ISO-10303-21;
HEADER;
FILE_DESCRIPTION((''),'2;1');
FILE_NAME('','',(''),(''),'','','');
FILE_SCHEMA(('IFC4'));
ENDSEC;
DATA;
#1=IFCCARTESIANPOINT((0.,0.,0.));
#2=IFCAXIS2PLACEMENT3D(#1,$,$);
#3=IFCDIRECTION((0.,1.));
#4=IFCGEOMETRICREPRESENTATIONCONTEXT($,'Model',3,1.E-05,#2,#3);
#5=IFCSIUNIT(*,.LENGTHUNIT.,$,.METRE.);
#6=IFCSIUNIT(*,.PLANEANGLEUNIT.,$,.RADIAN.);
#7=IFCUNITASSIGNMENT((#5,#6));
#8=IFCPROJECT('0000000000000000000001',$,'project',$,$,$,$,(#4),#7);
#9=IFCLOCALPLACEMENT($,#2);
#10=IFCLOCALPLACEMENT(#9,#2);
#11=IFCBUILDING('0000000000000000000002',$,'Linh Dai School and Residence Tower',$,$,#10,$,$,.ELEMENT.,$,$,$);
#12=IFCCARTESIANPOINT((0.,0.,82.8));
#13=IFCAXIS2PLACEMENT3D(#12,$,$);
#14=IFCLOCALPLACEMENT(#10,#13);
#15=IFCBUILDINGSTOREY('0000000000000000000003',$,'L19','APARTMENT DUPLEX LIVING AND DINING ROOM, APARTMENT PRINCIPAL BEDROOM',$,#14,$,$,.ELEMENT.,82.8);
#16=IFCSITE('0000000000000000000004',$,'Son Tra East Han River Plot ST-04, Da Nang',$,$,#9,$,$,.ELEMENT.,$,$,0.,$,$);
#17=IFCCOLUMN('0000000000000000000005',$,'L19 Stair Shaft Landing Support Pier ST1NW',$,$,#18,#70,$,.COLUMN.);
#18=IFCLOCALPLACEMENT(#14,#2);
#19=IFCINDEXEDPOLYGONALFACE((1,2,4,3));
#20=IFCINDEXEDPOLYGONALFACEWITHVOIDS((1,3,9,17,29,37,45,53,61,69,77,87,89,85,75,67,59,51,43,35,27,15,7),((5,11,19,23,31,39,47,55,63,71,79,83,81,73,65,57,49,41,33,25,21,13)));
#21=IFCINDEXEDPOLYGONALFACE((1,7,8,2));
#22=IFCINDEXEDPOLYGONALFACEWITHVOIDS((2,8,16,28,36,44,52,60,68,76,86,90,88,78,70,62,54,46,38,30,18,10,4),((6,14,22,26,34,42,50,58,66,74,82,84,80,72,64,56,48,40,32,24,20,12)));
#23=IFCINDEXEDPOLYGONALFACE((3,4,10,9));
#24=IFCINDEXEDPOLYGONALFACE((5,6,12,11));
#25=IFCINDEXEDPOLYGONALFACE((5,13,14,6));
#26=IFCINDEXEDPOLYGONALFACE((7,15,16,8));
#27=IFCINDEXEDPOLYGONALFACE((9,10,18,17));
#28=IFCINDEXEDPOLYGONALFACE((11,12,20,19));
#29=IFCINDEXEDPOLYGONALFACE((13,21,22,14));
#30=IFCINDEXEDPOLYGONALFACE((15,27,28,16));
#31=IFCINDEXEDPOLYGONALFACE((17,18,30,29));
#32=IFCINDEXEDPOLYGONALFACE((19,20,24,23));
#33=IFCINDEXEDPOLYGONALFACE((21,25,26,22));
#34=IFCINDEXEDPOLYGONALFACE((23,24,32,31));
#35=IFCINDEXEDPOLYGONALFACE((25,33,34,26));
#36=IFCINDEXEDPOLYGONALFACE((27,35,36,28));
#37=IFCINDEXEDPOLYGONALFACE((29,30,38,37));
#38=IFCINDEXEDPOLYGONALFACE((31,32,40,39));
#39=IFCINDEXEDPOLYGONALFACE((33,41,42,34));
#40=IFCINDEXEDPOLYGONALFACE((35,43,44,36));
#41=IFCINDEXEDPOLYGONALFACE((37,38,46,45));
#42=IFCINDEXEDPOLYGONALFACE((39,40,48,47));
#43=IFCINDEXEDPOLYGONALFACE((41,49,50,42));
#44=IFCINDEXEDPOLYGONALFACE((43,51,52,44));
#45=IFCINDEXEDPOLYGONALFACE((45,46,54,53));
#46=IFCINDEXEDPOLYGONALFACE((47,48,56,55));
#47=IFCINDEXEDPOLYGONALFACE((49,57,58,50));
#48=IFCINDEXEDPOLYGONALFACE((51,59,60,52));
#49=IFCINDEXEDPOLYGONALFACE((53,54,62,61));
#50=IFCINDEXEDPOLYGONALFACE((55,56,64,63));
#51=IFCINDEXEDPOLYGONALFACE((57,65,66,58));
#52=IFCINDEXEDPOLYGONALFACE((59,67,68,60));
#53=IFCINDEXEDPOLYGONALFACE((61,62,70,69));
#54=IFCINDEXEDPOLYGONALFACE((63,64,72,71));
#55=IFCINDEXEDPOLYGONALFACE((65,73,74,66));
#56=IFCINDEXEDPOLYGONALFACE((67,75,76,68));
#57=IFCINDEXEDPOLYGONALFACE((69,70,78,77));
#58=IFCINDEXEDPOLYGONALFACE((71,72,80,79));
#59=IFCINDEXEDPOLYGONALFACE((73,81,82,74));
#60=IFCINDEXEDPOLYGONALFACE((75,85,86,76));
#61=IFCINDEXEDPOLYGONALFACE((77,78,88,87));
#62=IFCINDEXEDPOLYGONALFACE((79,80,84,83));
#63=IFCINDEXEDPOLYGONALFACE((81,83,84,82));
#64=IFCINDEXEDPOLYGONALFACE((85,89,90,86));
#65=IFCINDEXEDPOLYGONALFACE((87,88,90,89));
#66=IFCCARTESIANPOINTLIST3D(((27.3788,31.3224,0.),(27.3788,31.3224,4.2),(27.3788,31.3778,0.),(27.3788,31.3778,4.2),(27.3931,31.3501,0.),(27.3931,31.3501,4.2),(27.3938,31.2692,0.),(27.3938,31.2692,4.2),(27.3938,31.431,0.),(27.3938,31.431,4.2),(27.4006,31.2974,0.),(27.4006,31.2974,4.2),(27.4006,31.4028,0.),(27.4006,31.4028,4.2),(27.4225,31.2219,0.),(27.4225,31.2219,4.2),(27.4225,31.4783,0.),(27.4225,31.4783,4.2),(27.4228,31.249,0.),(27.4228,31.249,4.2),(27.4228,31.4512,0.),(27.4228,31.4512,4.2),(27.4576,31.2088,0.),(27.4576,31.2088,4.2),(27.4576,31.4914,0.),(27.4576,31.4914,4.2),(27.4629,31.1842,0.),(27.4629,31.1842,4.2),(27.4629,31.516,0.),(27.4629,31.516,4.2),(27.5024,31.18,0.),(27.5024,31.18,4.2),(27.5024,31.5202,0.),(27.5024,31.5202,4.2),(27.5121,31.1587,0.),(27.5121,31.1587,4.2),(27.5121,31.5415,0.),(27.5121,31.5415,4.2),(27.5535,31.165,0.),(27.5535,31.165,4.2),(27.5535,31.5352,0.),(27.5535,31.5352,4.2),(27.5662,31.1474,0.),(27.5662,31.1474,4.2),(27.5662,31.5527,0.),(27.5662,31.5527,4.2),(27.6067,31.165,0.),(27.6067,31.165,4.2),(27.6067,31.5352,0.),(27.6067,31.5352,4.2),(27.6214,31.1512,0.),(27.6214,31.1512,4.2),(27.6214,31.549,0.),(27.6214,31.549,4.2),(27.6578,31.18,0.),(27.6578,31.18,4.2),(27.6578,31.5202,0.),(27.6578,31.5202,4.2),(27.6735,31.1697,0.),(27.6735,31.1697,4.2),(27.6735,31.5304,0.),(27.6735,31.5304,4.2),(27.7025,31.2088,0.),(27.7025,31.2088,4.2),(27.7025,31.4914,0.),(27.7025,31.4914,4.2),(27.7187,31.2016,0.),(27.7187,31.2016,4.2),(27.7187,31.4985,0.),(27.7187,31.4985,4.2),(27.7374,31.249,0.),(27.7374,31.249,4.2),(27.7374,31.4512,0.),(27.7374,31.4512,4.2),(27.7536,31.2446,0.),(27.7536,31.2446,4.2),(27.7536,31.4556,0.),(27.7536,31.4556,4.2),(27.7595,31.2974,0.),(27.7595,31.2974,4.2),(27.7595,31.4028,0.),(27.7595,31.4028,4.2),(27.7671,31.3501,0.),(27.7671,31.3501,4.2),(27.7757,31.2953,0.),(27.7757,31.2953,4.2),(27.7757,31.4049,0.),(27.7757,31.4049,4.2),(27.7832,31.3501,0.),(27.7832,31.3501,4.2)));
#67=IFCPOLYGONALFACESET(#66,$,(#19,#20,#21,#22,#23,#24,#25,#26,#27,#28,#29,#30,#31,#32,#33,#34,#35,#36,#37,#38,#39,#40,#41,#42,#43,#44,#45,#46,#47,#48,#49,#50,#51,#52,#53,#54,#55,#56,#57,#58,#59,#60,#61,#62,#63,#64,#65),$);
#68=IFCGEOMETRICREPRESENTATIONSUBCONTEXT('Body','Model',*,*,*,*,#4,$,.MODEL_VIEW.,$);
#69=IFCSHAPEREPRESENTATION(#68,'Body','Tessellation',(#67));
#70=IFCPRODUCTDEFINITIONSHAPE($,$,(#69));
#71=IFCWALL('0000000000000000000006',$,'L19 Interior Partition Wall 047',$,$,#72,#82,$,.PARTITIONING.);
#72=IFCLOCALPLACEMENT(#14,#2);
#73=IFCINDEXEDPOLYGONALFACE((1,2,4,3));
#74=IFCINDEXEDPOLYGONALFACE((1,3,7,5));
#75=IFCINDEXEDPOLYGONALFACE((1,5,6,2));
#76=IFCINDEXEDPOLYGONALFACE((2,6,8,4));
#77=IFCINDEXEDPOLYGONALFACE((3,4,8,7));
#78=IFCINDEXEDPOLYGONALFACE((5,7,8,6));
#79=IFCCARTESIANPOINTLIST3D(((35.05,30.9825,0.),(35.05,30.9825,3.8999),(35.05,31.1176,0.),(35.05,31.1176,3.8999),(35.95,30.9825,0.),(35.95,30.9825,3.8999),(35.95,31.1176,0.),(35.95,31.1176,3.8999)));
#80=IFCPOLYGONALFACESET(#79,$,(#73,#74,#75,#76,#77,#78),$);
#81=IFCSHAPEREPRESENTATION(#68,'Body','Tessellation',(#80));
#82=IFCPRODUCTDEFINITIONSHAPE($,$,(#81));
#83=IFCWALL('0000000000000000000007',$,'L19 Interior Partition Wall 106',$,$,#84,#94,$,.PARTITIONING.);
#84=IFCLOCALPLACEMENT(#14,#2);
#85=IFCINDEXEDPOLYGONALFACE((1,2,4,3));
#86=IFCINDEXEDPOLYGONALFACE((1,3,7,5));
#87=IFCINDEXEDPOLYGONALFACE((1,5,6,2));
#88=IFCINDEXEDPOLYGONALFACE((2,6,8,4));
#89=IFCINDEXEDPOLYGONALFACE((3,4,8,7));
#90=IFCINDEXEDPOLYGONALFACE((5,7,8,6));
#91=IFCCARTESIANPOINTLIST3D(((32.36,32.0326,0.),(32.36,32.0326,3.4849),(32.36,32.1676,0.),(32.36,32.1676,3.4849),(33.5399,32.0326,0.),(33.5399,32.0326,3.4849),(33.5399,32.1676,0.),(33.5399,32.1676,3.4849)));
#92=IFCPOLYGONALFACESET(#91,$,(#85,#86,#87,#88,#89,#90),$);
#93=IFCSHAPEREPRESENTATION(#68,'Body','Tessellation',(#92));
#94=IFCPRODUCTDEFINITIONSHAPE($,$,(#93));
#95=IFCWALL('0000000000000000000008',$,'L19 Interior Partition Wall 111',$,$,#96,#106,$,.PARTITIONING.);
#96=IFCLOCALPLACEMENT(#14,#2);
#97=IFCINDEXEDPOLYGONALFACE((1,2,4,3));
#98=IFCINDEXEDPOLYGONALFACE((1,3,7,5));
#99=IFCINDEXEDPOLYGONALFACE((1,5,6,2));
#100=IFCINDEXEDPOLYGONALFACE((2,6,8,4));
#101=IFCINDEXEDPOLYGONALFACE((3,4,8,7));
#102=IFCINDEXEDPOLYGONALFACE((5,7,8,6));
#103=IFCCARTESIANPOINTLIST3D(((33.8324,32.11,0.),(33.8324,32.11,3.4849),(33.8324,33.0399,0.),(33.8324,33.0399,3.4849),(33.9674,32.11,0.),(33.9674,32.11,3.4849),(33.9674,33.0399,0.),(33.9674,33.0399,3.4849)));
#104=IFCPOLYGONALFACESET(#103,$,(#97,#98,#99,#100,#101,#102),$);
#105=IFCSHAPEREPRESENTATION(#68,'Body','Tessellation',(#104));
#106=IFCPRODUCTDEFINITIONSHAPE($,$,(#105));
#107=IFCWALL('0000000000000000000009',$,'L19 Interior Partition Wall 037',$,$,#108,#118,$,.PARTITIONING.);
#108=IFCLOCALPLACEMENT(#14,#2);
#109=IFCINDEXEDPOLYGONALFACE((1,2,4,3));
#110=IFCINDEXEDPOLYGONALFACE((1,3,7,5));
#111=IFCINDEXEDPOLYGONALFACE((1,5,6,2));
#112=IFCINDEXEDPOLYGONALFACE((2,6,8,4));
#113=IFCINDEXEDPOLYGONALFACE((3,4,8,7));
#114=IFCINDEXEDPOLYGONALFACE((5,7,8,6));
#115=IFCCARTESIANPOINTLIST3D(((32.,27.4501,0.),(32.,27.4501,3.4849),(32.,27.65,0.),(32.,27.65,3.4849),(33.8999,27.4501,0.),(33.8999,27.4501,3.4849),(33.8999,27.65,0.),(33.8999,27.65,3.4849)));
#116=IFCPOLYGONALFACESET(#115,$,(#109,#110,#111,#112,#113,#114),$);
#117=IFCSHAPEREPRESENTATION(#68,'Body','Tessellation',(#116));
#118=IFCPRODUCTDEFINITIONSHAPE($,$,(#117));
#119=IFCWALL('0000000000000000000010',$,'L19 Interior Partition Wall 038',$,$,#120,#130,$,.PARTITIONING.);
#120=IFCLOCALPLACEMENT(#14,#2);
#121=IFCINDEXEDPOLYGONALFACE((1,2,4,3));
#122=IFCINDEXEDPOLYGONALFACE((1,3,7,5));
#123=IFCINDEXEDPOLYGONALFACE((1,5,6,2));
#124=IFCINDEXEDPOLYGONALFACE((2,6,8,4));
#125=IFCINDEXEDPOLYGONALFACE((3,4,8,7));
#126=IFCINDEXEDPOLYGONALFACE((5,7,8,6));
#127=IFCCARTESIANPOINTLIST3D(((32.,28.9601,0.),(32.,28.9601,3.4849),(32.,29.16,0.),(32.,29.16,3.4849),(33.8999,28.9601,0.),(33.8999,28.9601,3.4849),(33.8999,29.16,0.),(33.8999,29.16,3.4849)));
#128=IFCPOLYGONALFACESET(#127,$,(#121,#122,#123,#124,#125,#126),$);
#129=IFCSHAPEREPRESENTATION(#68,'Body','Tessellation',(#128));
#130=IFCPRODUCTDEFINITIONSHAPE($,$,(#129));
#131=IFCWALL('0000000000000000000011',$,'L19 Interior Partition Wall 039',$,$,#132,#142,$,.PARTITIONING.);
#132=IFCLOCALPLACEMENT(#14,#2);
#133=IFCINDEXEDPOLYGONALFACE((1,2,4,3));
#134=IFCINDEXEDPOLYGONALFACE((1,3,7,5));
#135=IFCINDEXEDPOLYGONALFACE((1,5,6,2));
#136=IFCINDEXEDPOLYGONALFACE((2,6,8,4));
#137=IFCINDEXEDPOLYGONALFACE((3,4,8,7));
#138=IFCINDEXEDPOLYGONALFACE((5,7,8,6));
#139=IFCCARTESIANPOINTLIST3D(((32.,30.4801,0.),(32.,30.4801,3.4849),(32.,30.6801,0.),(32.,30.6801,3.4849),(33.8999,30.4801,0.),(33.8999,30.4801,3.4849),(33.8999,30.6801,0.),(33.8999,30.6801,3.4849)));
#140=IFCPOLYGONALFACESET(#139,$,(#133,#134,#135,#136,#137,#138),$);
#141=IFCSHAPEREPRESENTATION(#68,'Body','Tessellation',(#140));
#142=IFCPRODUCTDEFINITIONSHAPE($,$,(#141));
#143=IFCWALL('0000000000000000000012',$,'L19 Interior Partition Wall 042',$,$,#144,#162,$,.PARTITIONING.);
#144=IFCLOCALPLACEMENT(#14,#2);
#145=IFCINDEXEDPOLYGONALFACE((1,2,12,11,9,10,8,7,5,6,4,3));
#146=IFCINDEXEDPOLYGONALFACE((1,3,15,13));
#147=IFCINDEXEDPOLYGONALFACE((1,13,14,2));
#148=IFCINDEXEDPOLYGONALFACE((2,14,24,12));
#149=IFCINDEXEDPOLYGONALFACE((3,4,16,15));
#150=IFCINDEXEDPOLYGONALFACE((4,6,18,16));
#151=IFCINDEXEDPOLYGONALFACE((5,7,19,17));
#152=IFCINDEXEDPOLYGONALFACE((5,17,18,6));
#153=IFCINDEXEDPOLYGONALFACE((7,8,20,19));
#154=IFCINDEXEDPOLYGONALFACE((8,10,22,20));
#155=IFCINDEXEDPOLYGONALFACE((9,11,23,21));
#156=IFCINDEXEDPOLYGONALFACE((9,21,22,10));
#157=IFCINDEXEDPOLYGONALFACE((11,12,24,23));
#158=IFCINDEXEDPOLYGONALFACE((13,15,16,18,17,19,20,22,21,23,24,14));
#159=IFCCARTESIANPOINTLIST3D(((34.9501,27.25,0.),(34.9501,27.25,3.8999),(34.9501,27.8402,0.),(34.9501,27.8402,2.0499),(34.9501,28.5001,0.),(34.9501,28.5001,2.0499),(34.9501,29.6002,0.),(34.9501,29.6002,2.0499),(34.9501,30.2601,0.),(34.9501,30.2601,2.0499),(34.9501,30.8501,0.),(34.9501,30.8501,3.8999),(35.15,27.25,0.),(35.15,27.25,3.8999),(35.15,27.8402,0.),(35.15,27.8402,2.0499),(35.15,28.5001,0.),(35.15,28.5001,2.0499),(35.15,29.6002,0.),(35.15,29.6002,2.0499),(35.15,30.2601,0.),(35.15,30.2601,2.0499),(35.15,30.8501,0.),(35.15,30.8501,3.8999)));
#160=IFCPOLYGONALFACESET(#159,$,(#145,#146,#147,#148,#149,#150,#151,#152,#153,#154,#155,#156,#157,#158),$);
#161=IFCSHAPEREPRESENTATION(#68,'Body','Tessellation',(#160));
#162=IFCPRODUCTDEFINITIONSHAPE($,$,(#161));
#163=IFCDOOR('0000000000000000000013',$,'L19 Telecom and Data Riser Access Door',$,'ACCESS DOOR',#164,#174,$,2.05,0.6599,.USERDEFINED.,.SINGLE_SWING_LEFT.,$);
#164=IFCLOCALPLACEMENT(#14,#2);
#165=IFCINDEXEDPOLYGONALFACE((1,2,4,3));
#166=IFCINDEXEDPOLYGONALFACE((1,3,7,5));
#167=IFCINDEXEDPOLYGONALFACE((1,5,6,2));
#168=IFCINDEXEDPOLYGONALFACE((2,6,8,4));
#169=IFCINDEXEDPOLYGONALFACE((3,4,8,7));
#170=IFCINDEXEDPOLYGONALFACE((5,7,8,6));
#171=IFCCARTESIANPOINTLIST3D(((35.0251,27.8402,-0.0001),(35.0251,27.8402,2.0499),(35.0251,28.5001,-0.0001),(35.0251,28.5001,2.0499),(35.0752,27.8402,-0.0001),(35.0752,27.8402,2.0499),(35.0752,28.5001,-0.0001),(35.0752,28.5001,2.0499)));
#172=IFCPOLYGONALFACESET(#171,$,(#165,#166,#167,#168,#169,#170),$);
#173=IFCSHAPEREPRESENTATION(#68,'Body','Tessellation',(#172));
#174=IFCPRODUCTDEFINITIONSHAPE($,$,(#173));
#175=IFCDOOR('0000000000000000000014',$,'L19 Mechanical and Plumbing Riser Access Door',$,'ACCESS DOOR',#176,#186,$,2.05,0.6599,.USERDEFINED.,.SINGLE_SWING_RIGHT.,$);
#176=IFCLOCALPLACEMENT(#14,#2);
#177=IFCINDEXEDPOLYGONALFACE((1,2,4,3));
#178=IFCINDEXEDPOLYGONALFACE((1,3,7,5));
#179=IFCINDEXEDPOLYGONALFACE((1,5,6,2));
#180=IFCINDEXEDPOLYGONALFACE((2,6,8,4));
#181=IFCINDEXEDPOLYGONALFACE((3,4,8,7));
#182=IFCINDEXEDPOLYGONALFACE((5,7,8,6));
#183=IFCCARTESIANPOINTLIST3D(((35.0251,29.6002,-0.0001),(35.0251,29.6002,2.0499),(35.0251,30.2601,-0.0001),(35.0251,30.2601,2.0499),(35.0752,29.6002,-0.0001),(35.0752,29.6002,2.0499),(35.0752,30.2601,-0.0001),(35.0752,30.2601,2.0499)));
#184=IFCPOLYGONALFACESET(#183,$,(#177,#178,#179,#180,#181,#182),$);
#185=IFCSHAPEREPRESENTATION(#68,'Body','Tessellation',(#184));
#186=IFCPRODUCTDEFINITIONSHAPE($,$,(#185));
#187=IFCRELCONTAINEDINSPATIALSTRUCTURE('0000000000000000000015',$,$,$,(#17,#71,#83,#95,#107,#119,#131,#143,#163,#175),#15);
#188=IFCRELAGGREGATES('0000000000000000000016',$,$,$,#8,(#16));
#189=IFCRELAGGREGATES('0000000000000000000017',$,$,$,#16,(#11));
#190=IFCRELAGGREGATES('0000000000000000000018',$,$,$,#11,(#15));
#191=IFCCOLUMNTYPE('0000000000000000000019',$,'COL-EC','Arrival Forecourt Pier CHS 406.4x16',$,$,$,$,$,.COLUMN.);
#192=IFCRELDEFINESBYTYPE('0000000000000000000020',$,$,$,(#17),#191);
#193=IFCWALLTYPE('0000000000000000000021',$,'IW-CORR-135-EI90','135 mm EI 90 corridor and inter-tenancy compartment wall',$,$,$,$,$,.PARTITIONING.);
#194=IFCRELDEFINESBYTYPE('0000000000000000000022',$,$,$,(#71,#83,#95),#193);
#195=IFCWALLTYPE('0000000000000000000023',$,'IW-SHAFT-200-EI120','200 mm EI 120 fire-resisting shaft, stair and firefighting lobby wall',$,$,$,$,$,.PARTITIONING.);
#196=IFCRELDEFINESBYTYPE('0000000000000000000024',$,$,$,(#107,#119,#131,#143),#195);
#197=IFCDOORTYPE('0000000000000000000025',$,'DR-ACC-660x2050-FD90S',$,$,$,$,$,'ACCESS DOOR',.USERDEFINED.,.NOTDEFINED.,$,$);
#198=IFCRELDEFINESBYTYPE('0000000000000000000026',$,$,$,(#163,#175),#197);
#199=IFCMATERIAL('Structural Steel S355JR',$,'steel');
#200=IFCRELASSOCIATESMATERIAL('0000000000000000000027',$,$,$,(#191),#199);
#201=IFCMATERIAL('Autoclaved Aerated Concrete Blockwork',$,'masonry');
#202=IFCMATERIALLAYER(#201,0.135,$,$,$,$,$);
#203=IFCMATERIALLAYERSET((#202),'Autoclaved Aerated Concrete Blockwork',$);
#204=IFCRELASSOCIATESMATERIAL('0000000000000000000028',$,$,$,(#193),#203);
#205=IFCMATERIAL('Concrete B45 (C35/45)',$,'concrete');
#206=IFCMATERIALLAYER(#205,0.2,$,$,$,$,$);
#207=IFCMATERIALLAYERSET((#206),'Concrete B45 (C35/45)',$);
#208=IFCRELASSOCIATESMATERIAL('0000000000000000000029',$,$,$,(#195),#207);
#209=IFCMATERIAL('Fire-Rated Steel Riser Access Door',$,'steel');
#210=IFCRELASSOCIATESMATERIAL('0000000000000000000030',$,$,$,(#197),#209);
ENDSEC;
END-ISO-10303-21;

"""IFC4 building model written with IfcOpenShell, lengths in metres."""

from ifc_helpers import new_model, si_unit, direction, frame, frame_2d, origin, origin_2d, place, context, subcontext, project, spatial, rectangle, hollow_circle, extrude, source, transform, mapped, material, layer, layer_set, material_profile, profile_set, type_object, element, fill, save


model = new_model("IFC4")

# Units and contexts
model_context = context("Model", 3, precision=1e-05, world=origin(), true_north=direction((0.0, 1.0)))
body_context = subcontext(model_context, "Body", "Model", "MODEL_VIEW")
ifc_project = project(units=[si_unit("LENGTHUNIT", "METRE"), si_unit("PLANEANGLEUNIT", "RADIAN")], contexts=[model_context])

# Site, building, storey
site_placement = place(None, origin())
site = spatial("IfcSite", under=ifc_project, at=site_placement, Name="Son Tra East Han River Plot ST-04, Da Nang", CompositionType="ELEMENT", RefElevation=0.0)
building_placement = place(site_placement, origin())
building = spatial("IfcBuilding", under=site, at=building_placement, Name="Linh Dai School and Residence Tower", CompositionType="ELEMENT")
storey_placement = place(building_placement, frame((0.0, 0.0, 82.8)))
storey = spatial("IfcBuildingStorey", under=building, at=storey_placement, Name="L19", Description="APARTMENT DUPLEX LIVING AND DINING ROOM, APARTMENT PRINCIPAL BEDROOM", CompositionType="ELEMENT", Elevation=82.8)

# Column
ifc_material_1 = material(Name="Structural Steel S355JR", Category="steel")
ifc_material_profile = material_profile(ifc_material_1, hollow_circle(Radius=0.2031, WallThickness=0.0161, at=origin_2d()), Name="CHS 406.4x16")
ifc_profile_set = profile_set([ifc_material_profile], Name="Structural Steel S355JR")
column_type = type_object("IfcColumnType", Name="COL-EC", Description="Arrival Forecourt Pier CHS 406.4x16", PredefinedType="COLUMN", material=ifc_profile_set)
column_placement = place(storey_placement, frame((27.5801, 31.3501, 0.0), z_axis=(0.0, 0.0, 1.0), x_axis=(1.0, 0.0, 0.0)))
element("IfcColumn", 1, at=column_placement, inside=storey, type_object=column_type, Name="L19 Stair Shaft Landing Support Pier ST1NW", PredefinedType="COLUMN", context=body_context, shape_type="SweptSolid", body=[
    extrude(hollow_circle(Radius=0.2031, WallThickness=0.0161, at=origin_2d()), origin(), (0.0, 0.0, 1.0), 4.2),
])

# Shared definitions
ifc_material_2 = material(Name="Autoclaved Aerated Concrete Blockwork", Category="masonry")
ifc_layer_1 = layer(ifc_material_2, 0.135)
ifc_layer_set_1 = layer_set([ifc_layer_1], Name="Autoclaved Aerated Concrete Blockwork")
wall_type_1 = type_object("IfcWallType", Name="IW-CORR-135-EI90", Description="135 mm EI 90 corridor and inter-tenancy compartment wall", PredefinedType="PARTITIONING", material=ifc_layer_set_1)

# Walls
wall_1_placement = place(storey_placement, frame((35.05, 31.05, 0.0), z_axis=(0.0, 0.0, 1.0), x_axis=(1.0, 0.0, 0.0)))
element("IfcWall", 2, at=wall_1_placement, inside=storey, type_object=wall_type_1, Name="L19 Interior Partition Wall 047", PredefinedType="PARTITIONING", context=body_context, shape_type="SweptSolid", body=[
    extrude(rectangle(XDim=0.8999, YDim=0.135, at=frame_2d((0.45, 0.0))), origin(), (0.0, 0.0, 1.0), 3.8999),
])
wall_2_placement = place(storey_placement, frame((32.3601, 32.1001, 0.0), z_axis=(0.0, 0.0, 1.0), x_axis=(1.0, 0.0, 0.0)))
element("IfcWall", 3, at=wall_2_placement, inside=storey, type_object=wall_type_1, Name="L19 Interior Partition Wall 106", PredefinedType="PARTITIONING", context=body_context, shape_type="SweptSolid", body=[
    extrude(rectangle(XDim=1.1799, YDim=0.135, at=frame_2d((0.5898, 0.0))), origin(), (0.0, 0.0, 1.0), 3.4849),
])
wall_3_placement = place(storey_placement, frame((33.8999, 32.1101, 0.0), z_axis=(0.0, 0.0, 1.0), x_axis=(0.0, 1.0, 0.0)))
element("IfcWall", 4, at=wall_3_placement, inside=storey, type_object=wall_type_1, Name="L19 Interior Partition Wall 111", PredefinedType="PARTITIONING", context=body_context, shape_type="SweptSolid", body=[
    extrude(rectangle(XDim=0.9299, YDim=0.135, at=frame_2d((0.4648, 0.0))), origin(), (0.0, 0.0, 1.0), 3.4849),
])
ifc_material_3 = material(Name="Concrete B45 (C35/45)", Category="concrete")
ifc_layer_2 = layer(ifc_material_3, 0.2)
ifc_layer_set_2 = layer_set([ifc_layer_2], Name="Concrete B45 (C35/45)")
wall_type_2 = type_object("IfcWallType", Name="IW-SHAFT-200-EI120", Description="200 mm EI 120 fire-resisting shaft, stair and firefighting lobby wall", PredefinedType="PARTITIONING", material=ifc_layer_set_2)
for number, where, z_axis, x_axis, name in (
    (5, (32.0, 27.55, 0.0), (0.0, 0.0, 1.0), (1.0, 0.0, 0.0), "L19 Interior Partition Wall 037"),
    (6, (32.0, 29.0601, 0.0), (0.0, 0.0, 1.0), (1.0, 0.0, 0.0), "L19 Interior Partition Wall 038"),
    (7, (32.0, 30.5801, 0.0), (0.0, 0.0, 1.0), (1.0, 0.0, 0.0), "L19 Interior Partition Wall 039"),
):
    element("IfcWall", number, at=place(storey_placement, frame(where, z_axis=z_axis, x_axis=x_axis)), inside=storey, type_object=wall_type_2, Name=name, PredefinedType="PARTITIONING", context=body_context, shape_type="SweptSolid", body=[
        extrude(rectangle(XDim=1.8999, YDim=0.2, at=frame_2d((0.95, 0.0))), origin(), (0.0, 0.0, 1.0), 3.4849),
    ])

# Wall, openings, doors
wall_4_placement = place(storey_placement, frame((35.05, 27.25, 0.0), z_axis=(0.0, 0.0, 1.0), x_axis=(0.0, 1.0, 0.0)))
wall_4 = element("IfcWall", 8, at=wall_4_placement, inside=storey, type_object=wall_type_2, Name="L19 Interior Partition Wall 042", PredefinedType="PARTITIONING", context=body_context, shape_type="SweptSolid", body=[
    extrude(rectangle(XDim=3.6001, YDim=0.2, at=frame_2d((1.8, 0.0))), origin(), (0.0, 0.0, 1.0), 3.8999),
])
opening_1_placement = place(wall_4_placement, frame((0.5901, 0.0, 0.0)))
opening_1 = element("IfcOpeningElement", 9, at=opening_1_placement, cuts=wall_4, PredefinedType="OPENING", context=body_context, shape_type="SweptSolid", body=[
    extrude(rectangle(XDim=0.6599, YDim=2.05, at=origin_2d()), frame((0.3301, 0.1099, 1.0249), z_axis=(0.0, -1.0, 0.0), x_axis=(1.0, 0.0, 0.0)), (0.0, 0.0, 1.0), 0.22),
])
opening_2_placement = place(wall_4_placement, frame((2.3501, 0.0, 0.0)))
opening_2 = element("IfcOpeningElement", 10, at=opening_2_placement, cuts=wall_4, PredefinedType="OPENING", context=body_context, shape_type="SweptSolid", body=[
    extrude(rectangle(XDim=0.6599, YDim=2.05, at=origin_2d()), frame((0.3301, 0.1099, 1.0249), z_axis=(0.0, -1.0, 0.0), x_axis=(1.0, 0.0, 0.0)), (0.0, 0.0, 1.0), 0.22),
])
ifc_material_4 = material(Name="Fire-Rated Steel Riser Access Door", Category="steel")
door_type_1 = type_object("IfcDoorType", Name="DR-ACC-660x2050-FD90S", ElementType="ACCESS DOOR", OperationType="NOTDEFINED", PredefinedType="USERDEFINED", material=ifc_material_4)
shared_shape_1 = source(origin(), body_context, "Body", "SweptSolid", [
    extrude(rectangle(XDim=0.6599, YDim=2.05, at=origin_2d()), frame((0.3301, 0.0249, 1.0249), z_axis=(0.0, -1.0, 0.0), x_axis=(1.0, 0.0, 0.0)), (0.0, 0.0, 1.0), 0.05),
])
door_1_placement = place(opening_1_placement, origin())
door_1 = element("IfcDoor", 11, at=door_1_placement, inside=storey, type_object=door_type_1, Name="L19 Telecom and Data Riser Access Door", ObjectType="ACCESS DOOR", OperationType="SINGLE_SWING_LEFT", OverallHeight=2.05, OverallWidth=0.6599, PredefinedType="USERDEFINED", context=body_context, shape_type="MappedRepresentation", body=[
    mapped(shared_shape_1, transform((0.0, 0.0, 0.0), x_axis=(1.0, 0.0, 0.0), y_axis=(0.0, 1.0, 0.0), z_axis=(0.0, 0.0, 1.0), scale=1.0)),
])
fill(opening_1, door_1)
door_2_placement = place(opening_2_placement, origin())
door_2 = element("IfcDoor", 12, at=door_2_placement, inside=storey, type_object=door_type_1, Name="L19 Mechanical and Plumbing Riser Access Door", ObjectType="ACCESS DOOR", OperationType="SINGLE_SWING_RIGHT", OverallHeight=2.05, OverallWidth=0.6599, PredefinedType="USERDEFINED", context=body_context, shape_type="MappedRepresentation", body=[
    mapped(shared_shape_1, transform((0.0, 0.0, 0.0), x_axis=(1.0, 0.0, 0.0), y_axis=(0.0, 1.0, 0.0), z_axis=(0.0, 0.0, 1.0), scale=1.0)),
])
fill(opening_2, door_2)

save(model, "model.ifc")
